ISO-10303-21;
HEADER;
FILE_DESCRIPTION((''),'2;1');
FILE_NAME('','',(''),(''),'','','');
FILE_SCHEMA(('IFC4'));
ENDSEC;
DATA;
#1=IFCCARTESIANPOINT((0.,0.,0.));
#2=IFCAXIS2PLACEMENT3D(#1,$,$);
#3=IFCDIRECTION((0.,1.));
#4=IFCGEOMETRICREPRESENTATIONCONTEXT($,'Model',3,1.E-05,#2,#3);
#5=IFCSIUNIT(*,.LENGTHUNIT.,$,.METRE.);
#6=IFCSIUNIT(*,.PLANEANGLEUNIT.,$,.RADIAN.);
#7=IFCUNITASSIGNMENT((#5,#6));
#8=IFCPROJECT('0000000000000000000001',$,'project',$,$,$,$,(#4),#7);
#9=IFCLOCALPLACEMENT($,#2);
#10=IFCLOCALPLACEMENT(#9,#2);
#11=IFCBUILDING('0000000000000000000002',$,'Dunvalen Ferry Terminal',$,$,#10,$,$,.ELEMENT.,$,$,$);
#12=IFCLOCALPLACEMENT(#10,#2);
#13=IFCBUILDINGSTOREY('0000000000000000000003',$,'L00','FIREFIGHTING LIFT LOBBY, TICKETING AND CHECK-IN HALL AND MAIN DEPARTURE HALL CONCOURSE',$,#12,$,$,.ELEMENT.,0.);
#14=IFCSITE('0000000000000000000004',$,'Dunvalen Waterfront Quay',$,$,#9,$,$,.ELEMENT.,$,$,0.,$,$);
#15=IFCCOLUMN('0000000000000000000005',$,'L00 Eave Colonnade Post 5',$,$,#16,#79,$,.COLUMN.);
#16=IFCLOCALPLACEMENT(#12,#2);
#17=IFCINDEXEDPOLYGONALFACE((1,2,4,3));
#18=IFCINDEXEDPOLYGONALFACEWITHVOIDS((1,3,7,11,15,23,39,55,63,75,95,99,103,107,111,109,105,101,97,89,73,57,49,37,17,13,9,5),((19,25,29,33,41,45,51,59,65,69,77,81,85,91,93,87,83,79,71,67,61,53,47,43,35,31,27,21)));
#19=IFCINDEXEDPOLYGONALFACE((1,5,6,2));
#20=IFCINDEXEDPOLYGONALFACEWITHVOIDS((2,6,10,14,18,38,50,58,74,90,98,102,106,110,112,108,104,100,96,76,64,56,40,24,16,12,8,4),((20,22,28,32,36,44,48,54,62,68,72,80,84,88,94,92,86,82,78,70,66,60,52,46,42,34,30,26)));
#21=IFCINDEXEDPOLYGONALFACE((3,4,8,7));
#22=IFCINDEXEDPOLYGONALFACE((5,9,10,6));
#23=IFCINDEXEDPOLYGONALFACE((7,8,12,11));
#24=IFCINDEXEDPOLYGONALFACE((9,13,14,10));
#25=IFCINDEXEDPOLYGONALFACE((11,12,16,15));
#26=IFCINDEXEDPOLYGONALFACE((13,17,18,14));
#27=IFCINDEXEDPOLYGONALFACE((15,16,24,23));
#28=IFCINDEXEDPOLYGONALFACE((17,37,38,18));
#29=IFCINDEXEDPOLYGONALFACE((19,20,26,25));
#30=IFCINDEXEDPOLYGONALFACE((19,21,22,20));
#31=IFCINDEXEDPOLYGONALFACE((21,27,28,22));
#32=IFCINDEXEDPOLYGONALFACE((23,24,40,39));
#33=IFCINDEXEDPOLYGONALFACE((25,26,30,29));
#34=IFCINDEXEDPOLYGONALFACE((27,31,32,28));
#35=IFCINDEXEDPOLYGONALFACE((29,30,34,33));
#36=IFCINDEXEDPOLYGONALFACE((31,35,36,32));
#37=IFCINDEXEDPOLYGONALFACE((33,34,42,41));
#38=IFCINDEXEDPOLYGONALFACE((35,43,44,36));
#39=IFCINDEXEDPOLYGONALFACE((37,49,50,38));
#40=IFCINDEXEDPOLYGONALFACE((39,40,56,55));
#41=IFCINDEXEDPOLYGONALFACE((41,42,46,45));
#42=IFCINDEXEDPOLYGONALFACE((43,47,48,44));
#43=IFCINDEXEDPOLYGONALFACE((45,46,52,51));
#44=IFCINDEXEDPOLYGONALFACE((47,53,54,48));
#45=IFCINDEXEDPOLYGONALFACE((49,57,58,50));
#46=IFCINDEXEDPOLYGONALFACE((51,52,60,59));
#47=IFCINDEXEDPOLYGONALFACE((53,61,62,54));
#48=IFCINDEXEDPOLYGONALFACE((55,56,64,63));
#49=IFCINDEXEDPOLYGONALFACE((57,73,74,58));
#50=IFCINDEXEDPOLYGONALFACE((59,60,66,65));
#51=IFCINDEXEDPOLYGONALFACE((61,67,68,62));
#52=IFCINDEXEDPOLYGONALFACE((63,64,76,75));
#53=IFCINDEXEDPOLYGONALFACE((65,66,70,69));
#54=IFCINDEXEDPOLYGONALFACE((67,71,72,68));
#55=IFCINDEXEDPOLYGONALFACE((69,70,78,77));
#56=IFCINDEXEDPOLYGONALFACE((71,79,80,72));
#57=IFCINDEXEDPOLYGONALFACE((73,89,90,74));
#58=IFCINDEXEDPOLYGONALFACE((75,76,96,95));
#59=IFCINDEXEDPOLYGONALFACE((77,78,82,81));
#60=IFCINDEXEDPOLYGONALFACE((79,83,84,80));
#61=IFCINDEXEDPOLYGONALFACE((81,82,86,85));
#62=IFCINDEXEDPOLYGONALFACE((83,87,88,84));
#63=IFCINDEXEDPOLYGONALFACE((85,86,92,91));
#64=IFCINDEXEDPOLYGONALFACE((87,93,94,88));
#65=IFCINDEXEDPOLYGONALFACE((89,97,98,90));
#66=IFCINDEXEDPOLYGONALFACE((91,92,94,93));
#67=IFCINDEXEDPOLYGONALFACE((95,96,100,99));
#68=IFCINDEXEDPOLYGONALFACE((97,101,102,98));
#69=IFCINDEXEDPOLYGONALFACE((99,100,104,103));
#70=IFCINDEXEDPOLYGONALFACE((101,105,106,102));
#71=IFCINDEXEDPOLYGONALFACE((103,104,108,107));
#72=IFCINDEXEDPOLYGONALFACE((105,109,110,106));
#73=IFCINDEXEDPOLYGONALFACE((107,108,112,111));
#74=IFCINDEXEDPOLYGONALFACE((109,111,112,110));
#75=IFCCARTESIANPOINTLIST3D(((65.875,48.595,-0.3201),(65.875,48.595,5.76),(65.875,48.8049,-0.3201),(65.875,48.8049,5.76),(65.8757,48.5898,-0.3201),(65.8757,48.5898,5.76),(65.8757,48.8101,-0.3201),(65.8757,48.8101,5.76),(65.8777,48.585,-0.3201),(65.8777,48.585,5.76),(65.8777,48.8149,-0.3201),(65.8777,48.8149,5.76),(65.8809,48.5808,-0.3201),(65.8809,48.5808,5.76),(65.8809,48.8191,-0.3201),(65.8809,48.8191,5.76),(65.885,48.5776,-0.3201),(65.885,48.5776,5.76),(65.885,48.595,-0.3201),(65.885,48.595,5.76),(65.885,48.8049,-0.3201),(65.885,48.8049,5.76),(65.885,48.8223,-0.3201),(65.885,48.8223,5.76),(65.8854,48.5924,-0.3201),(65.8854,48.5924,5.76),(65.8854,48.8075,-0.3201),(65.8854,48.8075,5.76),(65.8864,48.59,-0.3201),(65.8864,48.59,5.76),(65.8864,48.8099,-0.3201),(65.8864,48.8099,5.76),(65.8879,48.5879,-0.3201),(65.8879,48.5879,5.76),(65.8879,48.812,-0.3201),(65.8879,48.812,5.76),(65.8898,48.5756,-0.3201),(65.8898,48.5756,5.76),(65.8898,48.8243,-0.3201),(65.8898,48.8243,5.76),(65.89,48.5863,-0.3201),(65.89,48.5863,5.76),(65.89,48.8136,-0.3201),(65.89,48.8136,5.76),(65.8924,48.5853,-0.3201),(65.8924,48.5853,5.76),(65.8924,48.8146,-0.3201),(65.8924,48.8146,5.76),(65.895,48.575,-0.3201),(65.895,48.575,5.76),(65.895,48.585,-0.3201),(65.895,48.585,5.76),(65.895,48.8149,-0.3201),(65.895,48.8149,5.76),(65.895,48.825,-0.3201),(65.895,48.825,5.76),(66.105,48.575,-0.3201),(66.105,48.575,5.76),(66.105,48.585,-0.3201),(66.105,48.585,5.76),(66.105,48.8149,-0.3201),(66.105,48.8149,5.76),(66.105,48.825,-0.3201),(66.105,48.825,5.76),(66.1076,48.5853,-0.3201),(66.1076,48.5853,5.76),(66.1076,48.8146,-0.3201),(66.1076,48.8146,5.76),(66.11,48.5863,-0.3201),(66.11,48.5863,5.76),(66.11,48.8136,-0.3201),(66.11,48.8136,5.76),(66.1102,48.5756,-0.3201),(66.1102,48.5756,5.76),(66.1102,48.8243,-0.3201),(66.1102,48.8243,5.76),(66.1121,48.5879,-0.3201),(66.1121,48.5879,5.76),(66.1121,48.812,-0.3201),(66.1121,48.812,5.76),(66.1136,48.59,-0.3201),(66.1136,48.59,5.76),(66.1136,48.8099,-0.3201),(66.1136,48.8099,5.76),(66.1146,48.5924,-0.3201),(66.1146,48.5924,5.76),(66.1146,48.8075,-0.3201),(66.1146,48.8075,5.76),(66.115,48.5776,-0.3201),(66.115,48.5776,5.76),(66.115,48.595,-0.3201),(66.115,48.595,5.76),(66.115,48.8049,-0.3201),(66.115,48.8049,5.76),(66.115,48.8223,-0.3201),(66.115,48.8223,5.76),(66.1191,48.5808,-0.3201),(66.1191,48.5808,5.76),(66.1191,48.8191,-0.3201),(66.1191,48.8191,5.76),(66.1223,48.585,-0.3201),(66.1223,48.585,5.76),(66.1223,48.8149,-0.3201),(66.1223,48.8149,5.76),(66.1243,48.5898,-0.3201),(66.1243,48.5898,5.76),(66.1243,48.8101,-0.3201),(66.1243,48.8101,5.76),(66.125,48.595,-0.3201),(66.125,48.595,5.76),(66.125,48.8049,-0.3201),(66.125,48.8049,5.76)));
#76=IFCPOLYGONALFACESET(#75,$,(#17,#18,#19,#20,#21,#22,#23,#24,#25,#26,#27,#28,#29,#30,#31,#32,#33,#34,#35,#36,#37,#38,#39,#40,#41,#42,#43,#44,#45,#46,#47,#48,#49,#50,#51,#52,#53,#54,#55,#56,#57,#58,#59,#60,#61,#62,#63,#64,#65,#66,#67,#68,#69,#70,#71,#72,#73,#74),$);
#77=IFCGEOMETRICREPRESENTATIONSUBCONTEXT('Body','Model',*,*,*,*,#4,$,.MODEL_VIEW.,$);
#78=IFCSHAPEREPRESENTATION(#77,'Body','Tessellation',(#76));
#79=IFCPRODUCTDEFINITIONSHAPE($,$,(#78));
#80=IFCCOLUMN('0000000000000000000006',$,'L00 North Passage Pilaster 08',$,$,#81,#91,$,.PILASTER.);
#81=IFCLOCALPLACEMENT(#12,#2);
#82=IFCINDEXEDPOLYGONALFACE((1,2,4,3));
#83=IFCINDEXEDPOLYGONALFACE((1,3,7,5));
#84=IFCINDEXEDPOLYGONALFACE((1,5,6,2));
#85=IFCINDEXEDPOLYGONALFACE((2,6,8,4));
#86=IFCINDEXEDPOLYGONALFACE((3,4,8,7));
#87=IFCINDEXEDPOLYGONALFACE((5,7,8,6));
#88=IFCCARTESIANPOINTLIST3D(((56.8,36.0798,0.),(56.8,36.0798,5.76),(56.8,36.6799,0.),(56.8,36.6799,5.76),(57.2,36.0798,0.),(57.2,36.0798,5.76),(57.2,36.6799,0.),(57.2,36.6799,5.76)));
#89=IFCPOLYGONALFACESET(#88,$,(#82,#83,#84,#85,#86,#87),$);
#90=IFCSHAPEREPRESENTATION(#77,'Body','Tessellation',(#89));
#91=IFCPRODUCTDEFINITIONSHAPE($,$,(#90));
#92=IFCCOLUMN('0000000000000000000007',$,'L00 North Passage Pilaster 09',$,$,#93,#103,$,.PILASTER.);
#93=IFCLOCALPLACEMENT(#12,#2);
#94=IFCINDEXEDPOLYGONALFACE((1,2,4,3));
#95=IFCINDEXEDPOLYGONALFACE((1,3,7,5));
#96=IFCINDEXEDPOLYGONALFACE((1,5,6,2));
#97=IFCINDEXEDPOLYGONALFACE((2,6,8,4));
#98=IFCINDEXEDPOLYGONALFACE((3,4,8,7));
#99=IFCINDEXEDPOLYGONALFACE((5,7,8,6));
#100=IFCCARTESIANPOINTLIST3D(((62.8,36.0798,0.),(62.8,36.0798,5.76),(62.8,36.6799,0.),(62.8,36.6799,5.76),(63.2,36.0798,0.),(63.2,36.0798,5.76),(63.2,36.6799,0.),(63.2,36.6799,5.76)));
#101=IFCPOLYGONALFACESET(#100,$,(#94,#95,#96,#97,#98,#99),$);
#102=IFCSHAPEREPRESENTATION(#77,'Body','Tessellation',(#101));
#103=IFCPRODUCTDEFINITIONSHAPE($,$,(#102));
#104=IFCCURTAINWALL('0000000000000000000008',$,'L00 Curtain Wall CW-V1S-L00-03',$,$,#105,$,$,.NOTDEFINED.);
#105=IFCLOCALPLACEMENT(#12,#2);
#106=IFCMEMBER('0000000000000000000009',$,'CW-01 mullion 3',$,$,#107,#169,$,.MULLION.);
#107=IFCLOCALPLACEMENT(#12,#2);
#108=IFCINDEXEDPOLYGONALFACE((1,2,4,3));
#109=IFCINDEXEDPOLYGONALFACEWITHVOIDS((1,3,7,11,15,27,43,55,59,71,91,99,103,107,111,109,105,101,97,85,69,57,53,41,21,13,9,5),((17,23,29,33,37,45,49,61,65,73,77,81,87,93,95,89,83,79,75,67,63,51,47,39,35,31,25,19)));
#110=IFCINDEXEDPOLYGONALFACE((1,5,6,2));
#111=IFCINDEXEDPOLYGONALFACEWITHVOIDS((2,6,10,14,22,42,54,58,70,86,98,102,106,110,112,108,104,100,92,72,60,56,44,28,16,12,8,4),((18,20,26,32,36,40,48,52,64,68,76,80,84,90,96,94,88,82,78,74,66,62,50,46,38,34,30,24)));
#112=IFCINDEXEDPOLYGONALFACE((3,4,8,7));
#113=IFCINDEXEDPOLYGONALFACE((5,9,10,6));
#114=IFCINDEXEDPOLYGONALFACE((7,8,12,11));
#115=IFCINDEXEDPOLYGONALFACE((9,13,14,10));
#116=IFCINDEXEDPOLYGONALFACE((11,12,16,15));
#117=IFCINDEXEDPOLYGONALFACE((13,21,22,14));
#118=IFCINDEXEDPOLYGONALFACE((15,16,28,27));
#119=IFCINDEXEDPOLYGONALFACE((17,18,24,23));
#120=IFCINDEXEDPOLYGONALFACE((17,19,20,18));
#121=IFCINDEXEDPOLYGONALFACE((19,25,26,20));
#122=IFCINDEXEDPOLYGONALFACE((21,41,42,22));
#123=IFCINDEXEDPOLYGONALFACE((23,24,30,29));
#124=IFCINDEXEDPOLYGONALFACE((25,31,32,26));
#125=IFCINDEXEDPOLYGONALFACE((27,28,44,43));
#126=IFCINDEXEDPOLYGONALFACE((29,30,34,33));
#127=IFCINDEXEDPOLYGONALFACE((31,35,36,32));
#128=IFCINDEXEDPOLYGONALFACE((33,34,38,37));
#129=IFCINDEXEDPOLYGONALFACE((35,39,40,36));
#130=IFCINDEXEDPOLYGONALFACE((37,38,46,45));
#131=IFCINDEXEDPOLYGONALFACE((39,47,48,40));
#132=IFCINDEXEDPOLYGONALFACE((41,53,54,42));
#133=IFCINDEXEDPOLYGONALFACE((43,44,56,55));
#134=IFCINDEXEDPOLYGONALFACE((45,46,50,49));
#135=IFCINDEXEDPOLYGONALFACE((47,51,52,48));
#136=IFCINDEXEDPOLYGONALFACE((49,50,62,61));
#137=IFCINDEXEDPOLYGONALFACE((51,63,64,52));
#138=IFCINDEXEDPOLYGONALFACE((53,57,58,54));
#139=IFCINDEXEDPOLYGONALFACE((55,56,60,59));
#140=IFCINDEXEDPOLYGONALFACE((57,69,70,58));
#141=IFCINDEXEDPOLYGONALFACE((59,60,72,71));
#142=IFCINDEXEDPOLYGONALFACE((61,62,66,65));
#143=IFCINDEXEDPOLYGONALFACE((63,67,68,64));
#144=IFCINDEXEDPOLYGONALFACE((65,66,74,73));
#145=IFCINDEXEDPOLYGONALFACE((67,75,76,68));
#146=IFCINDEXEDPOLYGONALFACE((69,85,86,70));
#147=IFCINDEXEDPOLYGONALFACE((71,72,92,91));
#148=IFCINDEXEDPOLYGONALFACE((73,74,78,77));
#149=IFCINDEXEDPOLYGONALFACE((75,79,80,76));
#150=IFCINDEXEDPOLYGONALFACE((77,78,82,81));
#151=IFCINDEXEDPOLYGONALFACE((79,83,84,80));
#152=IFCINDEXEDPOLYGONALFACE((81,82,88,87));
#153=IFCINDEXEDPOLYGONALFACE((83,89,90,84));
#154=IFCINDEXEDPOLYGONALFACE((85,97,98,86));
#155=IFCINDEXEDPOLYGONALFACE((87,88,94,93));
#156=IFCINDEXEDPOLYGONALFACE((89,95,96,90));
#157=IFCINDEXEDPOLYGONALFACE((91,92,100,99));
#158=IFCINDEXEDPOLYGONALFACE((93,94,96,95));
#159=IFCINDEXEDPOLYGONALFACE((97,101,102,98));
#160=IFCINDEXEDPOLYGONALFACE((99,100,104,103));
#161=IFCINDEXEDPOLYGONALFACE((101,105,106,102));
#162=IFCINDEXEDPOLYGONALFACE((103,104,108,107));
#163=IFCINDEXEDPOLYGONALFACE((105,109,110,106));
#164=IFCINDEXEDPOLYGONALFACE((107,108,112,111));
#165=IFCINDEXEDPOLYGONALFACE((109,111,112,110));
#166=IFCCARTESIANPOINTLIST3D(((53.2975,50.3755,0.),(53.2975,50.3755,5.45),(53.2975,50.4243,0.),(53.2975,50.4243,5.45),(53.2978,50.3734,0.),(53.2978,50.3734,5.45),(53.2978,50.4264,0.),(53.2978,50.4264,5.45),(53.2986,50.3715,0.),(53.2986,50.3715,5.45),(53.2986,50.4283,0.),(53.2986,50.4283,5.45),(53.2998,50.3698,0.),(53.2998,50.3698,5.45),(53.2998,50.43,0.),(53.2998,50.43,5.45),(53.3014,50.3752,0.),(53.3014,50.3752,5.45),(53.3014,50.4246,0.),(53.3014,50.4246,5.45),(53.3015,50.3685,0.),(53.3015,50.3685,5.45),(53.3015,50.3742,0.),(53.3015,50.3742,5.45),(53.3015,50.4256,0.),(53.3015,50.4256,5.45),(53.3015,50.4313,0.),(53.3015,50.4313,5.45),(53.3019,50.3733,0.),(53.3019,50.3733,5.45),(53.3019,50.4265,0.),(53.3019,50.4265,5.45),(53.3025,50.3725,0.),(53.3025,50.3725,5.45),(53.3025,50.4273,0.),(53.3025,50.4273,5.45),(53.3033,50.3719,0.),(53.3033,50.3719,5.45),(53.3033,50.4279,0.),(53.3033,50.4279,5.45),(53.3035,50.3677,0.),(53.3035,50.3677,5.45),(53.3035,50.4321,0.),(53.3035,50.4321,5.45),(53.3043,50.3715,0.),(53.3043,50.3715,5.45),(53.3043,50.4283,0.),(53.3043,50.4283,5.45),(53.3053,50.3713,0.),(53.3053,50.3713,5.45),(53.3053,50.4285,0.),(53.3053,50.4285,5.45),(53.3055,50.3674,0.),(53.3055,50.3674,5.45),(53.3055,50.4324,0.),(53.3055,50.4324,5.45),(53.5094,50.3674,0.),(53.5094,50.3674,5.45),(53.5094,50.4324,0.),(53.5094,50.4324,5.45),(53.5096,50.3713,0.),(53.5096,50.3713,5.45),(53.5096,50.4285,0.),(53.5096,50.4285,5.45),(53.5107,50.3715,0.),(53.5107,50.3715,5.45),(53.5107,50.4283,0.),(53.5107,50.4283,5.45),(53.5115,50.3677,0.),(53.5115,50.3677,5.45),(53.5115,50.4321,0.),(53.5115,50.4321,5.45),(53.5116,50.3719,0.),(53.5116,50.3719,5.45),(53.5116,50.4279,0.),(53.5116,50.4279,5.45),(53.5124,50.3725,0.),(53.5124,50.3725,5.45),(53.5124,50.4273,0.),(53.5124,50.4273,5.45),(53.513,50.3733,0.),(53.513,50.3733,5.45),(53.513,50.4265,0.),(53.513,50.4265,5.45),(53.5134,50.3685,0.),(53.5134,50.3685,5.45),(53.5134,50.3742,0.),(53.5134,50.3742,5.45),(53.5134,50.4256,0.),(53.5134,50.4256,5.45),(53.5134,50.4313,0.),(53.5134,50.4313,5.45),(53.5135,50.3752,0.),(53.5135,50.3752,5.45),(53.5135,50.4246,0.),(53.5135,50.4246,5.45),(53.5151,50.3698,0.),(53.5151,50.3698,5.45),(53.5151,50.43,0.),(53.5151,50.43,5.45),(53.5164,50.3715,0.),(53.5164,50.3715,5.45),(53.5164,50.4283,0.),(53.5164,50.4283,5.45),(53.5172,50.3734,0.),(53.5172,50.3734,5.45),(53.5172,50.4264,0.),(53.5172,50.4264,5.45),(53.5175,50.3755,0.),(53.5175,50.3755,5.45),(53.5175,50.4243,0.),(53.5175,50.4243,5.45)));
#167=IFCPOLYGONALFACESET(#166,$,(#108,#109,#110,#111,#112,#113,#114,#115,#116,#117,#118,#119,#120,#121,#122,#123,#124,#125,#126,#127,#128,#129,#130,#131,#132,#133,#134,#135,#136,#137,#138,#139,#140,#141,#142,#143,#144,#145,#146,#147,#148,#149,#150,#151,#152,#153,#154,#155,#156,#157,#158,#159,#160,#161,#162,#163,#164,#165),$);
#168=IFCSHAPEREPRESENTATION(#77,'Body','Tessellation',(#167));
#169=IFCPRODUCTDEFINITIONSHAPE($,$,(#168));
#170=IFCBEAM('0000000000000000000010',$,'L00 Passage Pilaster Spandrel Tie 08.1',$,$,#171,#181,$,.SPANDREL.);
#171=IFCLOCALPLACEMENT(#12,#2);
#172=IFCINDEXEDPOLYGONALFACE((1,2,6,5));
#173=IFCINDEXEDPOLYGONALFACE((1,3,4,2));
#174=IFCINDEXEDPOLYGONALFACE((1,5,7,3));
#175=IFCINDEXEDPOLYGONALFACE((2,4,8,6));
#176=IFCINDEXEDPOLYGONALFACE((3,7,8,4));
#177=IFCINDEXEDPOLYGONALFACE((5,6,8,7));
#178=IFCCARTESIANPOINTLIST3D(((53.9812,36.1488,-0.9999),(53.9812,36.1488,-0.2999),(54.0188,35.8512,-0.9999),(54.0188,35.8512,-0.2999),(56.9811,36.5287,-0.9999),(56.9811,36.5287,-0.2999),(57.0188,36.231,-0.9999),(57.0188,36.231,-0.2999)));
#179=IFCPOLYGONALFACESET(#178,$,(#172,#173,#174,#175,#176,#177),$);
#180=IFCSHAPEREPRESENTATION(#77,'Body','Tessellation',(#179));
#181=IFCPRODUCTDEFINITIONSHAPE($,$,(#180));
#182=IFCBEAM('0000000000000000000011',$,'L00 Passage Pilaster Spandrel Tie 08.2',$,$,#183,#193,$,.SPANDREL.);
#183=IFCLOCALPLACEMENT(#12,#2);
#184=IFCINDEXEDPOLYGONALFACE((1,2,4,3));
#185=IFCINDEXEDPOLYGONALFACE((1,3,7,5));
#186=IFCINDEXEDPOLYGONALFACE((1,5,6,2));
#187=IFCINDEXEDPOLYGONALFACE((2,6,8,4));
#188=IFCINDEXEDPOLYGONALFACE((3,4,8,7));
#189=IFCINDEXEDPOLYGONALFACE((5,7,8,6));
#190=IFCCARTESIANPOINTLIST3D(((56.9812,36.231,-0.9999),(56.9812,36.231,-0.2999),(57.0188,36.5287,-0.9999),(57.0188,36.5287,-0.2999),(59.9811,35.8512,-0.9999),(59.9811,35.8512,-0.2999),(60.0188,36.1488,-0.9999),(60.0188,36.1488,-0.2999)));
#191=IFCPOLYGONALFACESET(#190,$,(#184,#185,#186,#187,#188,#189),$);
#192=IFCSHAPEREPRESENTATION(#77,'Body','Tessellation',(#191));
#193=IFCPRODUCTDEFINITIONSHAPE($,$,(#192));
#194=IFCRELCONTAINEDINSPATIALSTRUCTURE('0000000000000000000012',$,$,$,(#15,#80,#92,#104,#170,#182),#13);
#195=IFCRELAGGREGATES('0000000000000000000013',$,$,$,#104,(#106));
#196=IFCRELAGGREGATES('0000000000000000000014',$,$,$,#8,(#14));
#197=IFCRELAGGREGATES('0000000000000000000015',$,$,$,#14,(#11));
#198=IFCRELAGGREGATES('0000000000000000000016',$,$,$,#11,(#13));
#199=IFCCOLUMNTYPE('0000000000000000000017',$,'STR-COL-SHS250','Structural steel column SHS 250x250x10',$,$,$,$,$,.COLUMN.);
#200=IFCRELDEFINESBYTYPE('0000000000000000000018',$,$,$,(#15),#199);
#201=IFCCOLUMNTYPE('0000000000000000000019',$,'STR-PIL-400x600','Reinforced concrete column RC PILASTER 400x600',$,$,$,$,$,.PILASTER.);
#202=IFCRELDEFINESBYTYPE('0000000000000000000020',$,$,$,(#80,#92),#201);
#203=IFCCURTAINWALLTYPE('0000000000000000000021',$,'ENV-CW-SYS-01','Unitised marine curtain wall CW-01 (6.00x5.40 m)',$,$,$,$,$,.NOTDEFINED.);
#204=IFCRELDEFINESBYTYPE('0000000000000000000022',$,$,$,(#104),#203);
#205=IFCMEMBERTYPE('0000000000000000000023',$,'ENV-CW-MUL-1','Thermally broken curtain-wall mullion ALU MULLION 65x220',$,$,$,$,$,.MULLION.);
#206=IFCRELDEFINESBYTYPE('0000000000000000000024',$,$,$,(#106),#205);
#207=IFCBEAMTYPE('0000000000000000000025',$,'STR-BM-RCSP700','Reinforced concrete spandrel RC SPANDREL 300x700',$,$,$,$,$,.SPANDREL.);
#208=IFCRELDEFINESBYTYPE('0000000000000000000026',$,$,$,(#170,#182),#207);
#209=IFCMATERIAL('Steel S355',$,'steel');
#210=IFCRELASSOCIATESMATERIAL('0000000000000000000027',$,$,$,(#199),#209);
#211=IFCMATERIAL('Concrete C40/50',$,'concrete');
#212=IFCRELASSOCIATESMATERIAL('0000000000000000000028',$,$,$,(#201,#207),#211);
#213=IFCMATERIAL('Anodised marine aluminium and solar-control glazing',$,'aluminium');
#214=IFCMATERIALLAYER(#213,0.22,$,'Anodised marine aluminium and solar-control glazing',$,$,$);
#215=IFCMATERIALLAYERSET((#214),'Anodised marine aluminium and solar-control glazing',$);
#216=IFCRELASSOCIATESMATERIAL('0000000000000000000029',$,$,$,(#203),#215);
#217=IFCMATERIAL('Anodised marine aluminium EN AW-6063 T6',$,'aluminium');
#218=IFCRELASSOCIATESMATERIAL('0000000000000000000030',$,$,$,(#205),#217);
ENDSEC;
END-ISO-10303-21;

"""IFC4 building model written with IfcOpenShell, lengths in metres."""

from ifc_helpers import new_model, si_unit, direction, frame, origin, origin_2d, place, context, subcontext, project, spatial, rectangle, hollow_rectangle, extrude, material, layer, layer_set, material_profile, profile_set, type_object, element, aggregate, save


model = new_model("IFC4")

# Units and contexts
model_context = context("Model", 3, precision=1e-05, world=origin(), true_north=direction((0.0, 1.0)))
body_context = subcontext(model_context, "Body", "Model", "MODEL_VIEW")
ifc_project = project(units=[si_unit("LENGTHUNIT", "METRE"), si_unit("PLANEANGLEUNIT", "RADIAN")], contexts=[model_context])

# Site, building, storey
site_placement = place(None, origin())
site = spatial("IfcSite", under=ifc_project, at=site_placement, Name="Dunvalen Waterfront Quay", CompositionType="ELEMENT", RefElevation=0.0)
building_placement = place(site_placement, origin())
building = spatial("IfcBuilding", under=site, at=building_placement, Name="Dunvalen Ferry Terminal", CompositionType="ELEMENT")
storey_placement = place(building_placement, origin())
storey = spatial("IfcBuildingStorey", under=building, at=storey_placement, Name="L00", Description="FIREFIGHTING LIFT LOBBY, TICKETING AND CHECK-IN HALL AND MAIN DEPARTURE HALL CONCOURSE", CompositionType="ELEMENT", Elevation=0.0)

# Shared definitions
ifc_material_1 = material(Name="Concrete C40/50", Category="concrete")

# Columns
ifc_material_2 = material(Name="Steel S355", Category="steel")
ifc_material_profile_1 = material_profile(ifc_material_2, hollow_rectangle(XDim=0.25, YDim=0.25, WallThickness=0.01, InnerFilletRadius=0.01, OuterFilletRadius=0.02, at=origin_2d()), Name="Steel S355")
ifc_profile_set_1 = profile_set([ifc_material_profile_1], Name="Steel S355")
column_type_1 = type_object("IfcColumnType", Name="STR-COL-SHS250", Description="Structural steel column SHS 250x250x10", PredefinedType="COLUMN", material=ifc_profile_set_1)
column_1_placement = place(storey_placement, frame((66.0, 48.7, -0.3201), z_axis=(0.0, 0.0, 1.0), x_axis=(1.0, 0.0, 0.0)))
element("IfcColumn", 1, at=column_1_placement, inside=storey, type_object=column_type_1, Name="L00 Eave Colonnade Post 5", PredefinedType="COLUMN", context=body_context, shape_type="SweptSolid", body=[
    extrude(hollow_rectangle(XDim=0.25, YDim=0.25, WallThickness=0.01, InnerFilletRadius=0.01, OuterFilletRadius=0.02, at=origin_2d()), origin(), (0.0, 0.0, 1.0), 6.0801),
])
ifc_material_profile_2 = material_profile(ifc_material_1, rectangle(XDim=0.3999, YDim=0.6001, at=origin_2d()), Name="Concrete C40/50")
ifc_profile_set_2 = profile_set([ifc_material_profile_2], Name="Concrete C40/50")
column_type_2 = type_object("IfcColumnType", Name="STR-PIL-400x600", Description="Reinforced concrete column RC PILASTER 400x600", PredefinedType="PILASTER", material=ifc_profile_set_2)
for number, where, z_axis, x_axis, name in (
    (2, (57.0, 36.3799, 0.0), (0.0, 0.0, 1.0), (1.0, 0.0, 0.0), "L00 North Passage Pilaster 08"),
    (3, (63.0, 36.3799, 0.0), (0.0, 0.0, 1.0), (1.0, 0.0, 0.0), "L00 North Passage Pilaster 09"),
):
    element("IfcColumn", number, at=place(storey_placement, frame(where, z_axis=z_axis, x_axis=x_axis)), inside=storey, type_object=column_type_2, Name=name, PredefinedType="PILASTER", context=body_context, shape_type="SweptSolid", body=[
        extrude(rectangle(XDim=0.3999, YDim=0.6001, at=origin_2d()), origin(), (0.0, 0.0, 1.0), 5.76),
    ])

# Curtain wall, member
ifc_material_3 = material(Name="Anodised marine aluminium and solar-control glazing", Category="aluminium")
ifc_layer_1 = layer(ifc_material_3, 0.22, Name="Anodised marine aluminium and solar-control glazing")
ifc_layer_set_1 = layer_set([ifc_layer_1], Name="Anodised marine aluminium and solar-control glazing")
curtain_wall_type = type_object("IfcCurtainWallType", Name="ENV-CW-SYS-01", Description="Unitised marine curtain wall CW-01 (6.00x5.40 m)", PredefinedType="NOTDEFINED", material=ifc_layer_set_1)
curtain_wall_placement = place(storey_placement, origin())
curtain_wall = element("IfcCurtainWall", 4, at=curtain_wall_placement, inside=storey, type_object=curtain_wall_type, Name="L00 Curtain Wall CW-V1S-L00-03", PredefinedType="NOTDEFINED")
ifc_material_4 = material(Name="Anodised marine aluminium EN AW-6063 T6", Category="aluminium")
ifc_material_profile_3 = material_profile(ifc_material_4, hollow_rectangle(XDim=0.0649, YDim=0.22, WallThickness=0.0039, InnerFilletRadius=0.0039, OuterFilletRadius=0.0081, at=origin_2d()), Name="Anodised marine aluminium EN AW-6063 T6")
ifc_profile_set_3 = profile_set([ifc_material_profile_3], Name="Anodised marine aluminium EN AW-6063 T6")
member_type = type_object("IfcMemberType", Name="ENV-CW-MUL-1", Description="Thermally broken curtain-wall mullion ALU MULLION 65x220", PredefinedType="MULLION", material=ifc_profile_set_3)
member_placement = place(storey_placement, frame((53.4075, 50.3999, 0.0), z_axis=(0.0, 0.0, 1.0), x_axis=(0.0, 1.0, 0.0)))
member = element("IfcMember", 5, at=member_placement, type_object=member_type, Name="CW-01 mullion 3", PredefinedType="MULLION", context=body_context, shape_type="SweptSolid", body=[
    extrude(hollow_rectangle(XDim=0.0649, YDim=0.22, WallThickness=0.0039, InnerFilletRadius=0.0039, OuterFilletRadius=0.0081, at=origin_2d()), origin(), (0.0, 0.0, 1.0), 5.45),
])

# Beams
ifc_material_profile_4 = material_profile(ifc_material_1, rectangle(XDim=0.3, YDim=0.7, at=origin_2d()), Name="Concrete C40/50")
ifc_profile_set_4 = profile_set([ifc_material_profile_4], Name="Concrete C40/50")
beam_type = type_object("IfcBeamType", Name="STR-BM-RCSP700", Description="Reinforced concrete spandrel RC SPANDREL 300x700", PredefinedType="SPANDREL", material=ifc_profile_set_4)
for number, where, z_axis, x_axis, name in (
    (6, (54.0, 36.0, -0.6499), (0.992078, 0.125624, 0.0), (-0.125624, 0.992078, 0.0), "L00 Passage Pilaster Spandrel Tie 08.1"),
    (7, (57.0, 36.3799, -0.6499), (0.992078, -0.125624, 0.0), (0.125624, 0.992078, 0.0), "L00 Passage Pilaster Spandrel Tie 08.2"),
):
    element("IfcBeam", number, at=place(storey_placement, frame(where, z_axis=z_axis, x_axis=x_axis)), inside=storey, type_object=beam_type, Name=name, PredefinedType="SPANDREL", context=body_context, shape_type="SweptSolid", body=[
        extrude(rectangle(XDim=0.3, YDim=0.7, at=origin_2d()), origin(), (0.0, 0.0, 1.0), 3.0239),
    ])

aggregate(curtain_wall, [member])

save(model, "model.ifc")
